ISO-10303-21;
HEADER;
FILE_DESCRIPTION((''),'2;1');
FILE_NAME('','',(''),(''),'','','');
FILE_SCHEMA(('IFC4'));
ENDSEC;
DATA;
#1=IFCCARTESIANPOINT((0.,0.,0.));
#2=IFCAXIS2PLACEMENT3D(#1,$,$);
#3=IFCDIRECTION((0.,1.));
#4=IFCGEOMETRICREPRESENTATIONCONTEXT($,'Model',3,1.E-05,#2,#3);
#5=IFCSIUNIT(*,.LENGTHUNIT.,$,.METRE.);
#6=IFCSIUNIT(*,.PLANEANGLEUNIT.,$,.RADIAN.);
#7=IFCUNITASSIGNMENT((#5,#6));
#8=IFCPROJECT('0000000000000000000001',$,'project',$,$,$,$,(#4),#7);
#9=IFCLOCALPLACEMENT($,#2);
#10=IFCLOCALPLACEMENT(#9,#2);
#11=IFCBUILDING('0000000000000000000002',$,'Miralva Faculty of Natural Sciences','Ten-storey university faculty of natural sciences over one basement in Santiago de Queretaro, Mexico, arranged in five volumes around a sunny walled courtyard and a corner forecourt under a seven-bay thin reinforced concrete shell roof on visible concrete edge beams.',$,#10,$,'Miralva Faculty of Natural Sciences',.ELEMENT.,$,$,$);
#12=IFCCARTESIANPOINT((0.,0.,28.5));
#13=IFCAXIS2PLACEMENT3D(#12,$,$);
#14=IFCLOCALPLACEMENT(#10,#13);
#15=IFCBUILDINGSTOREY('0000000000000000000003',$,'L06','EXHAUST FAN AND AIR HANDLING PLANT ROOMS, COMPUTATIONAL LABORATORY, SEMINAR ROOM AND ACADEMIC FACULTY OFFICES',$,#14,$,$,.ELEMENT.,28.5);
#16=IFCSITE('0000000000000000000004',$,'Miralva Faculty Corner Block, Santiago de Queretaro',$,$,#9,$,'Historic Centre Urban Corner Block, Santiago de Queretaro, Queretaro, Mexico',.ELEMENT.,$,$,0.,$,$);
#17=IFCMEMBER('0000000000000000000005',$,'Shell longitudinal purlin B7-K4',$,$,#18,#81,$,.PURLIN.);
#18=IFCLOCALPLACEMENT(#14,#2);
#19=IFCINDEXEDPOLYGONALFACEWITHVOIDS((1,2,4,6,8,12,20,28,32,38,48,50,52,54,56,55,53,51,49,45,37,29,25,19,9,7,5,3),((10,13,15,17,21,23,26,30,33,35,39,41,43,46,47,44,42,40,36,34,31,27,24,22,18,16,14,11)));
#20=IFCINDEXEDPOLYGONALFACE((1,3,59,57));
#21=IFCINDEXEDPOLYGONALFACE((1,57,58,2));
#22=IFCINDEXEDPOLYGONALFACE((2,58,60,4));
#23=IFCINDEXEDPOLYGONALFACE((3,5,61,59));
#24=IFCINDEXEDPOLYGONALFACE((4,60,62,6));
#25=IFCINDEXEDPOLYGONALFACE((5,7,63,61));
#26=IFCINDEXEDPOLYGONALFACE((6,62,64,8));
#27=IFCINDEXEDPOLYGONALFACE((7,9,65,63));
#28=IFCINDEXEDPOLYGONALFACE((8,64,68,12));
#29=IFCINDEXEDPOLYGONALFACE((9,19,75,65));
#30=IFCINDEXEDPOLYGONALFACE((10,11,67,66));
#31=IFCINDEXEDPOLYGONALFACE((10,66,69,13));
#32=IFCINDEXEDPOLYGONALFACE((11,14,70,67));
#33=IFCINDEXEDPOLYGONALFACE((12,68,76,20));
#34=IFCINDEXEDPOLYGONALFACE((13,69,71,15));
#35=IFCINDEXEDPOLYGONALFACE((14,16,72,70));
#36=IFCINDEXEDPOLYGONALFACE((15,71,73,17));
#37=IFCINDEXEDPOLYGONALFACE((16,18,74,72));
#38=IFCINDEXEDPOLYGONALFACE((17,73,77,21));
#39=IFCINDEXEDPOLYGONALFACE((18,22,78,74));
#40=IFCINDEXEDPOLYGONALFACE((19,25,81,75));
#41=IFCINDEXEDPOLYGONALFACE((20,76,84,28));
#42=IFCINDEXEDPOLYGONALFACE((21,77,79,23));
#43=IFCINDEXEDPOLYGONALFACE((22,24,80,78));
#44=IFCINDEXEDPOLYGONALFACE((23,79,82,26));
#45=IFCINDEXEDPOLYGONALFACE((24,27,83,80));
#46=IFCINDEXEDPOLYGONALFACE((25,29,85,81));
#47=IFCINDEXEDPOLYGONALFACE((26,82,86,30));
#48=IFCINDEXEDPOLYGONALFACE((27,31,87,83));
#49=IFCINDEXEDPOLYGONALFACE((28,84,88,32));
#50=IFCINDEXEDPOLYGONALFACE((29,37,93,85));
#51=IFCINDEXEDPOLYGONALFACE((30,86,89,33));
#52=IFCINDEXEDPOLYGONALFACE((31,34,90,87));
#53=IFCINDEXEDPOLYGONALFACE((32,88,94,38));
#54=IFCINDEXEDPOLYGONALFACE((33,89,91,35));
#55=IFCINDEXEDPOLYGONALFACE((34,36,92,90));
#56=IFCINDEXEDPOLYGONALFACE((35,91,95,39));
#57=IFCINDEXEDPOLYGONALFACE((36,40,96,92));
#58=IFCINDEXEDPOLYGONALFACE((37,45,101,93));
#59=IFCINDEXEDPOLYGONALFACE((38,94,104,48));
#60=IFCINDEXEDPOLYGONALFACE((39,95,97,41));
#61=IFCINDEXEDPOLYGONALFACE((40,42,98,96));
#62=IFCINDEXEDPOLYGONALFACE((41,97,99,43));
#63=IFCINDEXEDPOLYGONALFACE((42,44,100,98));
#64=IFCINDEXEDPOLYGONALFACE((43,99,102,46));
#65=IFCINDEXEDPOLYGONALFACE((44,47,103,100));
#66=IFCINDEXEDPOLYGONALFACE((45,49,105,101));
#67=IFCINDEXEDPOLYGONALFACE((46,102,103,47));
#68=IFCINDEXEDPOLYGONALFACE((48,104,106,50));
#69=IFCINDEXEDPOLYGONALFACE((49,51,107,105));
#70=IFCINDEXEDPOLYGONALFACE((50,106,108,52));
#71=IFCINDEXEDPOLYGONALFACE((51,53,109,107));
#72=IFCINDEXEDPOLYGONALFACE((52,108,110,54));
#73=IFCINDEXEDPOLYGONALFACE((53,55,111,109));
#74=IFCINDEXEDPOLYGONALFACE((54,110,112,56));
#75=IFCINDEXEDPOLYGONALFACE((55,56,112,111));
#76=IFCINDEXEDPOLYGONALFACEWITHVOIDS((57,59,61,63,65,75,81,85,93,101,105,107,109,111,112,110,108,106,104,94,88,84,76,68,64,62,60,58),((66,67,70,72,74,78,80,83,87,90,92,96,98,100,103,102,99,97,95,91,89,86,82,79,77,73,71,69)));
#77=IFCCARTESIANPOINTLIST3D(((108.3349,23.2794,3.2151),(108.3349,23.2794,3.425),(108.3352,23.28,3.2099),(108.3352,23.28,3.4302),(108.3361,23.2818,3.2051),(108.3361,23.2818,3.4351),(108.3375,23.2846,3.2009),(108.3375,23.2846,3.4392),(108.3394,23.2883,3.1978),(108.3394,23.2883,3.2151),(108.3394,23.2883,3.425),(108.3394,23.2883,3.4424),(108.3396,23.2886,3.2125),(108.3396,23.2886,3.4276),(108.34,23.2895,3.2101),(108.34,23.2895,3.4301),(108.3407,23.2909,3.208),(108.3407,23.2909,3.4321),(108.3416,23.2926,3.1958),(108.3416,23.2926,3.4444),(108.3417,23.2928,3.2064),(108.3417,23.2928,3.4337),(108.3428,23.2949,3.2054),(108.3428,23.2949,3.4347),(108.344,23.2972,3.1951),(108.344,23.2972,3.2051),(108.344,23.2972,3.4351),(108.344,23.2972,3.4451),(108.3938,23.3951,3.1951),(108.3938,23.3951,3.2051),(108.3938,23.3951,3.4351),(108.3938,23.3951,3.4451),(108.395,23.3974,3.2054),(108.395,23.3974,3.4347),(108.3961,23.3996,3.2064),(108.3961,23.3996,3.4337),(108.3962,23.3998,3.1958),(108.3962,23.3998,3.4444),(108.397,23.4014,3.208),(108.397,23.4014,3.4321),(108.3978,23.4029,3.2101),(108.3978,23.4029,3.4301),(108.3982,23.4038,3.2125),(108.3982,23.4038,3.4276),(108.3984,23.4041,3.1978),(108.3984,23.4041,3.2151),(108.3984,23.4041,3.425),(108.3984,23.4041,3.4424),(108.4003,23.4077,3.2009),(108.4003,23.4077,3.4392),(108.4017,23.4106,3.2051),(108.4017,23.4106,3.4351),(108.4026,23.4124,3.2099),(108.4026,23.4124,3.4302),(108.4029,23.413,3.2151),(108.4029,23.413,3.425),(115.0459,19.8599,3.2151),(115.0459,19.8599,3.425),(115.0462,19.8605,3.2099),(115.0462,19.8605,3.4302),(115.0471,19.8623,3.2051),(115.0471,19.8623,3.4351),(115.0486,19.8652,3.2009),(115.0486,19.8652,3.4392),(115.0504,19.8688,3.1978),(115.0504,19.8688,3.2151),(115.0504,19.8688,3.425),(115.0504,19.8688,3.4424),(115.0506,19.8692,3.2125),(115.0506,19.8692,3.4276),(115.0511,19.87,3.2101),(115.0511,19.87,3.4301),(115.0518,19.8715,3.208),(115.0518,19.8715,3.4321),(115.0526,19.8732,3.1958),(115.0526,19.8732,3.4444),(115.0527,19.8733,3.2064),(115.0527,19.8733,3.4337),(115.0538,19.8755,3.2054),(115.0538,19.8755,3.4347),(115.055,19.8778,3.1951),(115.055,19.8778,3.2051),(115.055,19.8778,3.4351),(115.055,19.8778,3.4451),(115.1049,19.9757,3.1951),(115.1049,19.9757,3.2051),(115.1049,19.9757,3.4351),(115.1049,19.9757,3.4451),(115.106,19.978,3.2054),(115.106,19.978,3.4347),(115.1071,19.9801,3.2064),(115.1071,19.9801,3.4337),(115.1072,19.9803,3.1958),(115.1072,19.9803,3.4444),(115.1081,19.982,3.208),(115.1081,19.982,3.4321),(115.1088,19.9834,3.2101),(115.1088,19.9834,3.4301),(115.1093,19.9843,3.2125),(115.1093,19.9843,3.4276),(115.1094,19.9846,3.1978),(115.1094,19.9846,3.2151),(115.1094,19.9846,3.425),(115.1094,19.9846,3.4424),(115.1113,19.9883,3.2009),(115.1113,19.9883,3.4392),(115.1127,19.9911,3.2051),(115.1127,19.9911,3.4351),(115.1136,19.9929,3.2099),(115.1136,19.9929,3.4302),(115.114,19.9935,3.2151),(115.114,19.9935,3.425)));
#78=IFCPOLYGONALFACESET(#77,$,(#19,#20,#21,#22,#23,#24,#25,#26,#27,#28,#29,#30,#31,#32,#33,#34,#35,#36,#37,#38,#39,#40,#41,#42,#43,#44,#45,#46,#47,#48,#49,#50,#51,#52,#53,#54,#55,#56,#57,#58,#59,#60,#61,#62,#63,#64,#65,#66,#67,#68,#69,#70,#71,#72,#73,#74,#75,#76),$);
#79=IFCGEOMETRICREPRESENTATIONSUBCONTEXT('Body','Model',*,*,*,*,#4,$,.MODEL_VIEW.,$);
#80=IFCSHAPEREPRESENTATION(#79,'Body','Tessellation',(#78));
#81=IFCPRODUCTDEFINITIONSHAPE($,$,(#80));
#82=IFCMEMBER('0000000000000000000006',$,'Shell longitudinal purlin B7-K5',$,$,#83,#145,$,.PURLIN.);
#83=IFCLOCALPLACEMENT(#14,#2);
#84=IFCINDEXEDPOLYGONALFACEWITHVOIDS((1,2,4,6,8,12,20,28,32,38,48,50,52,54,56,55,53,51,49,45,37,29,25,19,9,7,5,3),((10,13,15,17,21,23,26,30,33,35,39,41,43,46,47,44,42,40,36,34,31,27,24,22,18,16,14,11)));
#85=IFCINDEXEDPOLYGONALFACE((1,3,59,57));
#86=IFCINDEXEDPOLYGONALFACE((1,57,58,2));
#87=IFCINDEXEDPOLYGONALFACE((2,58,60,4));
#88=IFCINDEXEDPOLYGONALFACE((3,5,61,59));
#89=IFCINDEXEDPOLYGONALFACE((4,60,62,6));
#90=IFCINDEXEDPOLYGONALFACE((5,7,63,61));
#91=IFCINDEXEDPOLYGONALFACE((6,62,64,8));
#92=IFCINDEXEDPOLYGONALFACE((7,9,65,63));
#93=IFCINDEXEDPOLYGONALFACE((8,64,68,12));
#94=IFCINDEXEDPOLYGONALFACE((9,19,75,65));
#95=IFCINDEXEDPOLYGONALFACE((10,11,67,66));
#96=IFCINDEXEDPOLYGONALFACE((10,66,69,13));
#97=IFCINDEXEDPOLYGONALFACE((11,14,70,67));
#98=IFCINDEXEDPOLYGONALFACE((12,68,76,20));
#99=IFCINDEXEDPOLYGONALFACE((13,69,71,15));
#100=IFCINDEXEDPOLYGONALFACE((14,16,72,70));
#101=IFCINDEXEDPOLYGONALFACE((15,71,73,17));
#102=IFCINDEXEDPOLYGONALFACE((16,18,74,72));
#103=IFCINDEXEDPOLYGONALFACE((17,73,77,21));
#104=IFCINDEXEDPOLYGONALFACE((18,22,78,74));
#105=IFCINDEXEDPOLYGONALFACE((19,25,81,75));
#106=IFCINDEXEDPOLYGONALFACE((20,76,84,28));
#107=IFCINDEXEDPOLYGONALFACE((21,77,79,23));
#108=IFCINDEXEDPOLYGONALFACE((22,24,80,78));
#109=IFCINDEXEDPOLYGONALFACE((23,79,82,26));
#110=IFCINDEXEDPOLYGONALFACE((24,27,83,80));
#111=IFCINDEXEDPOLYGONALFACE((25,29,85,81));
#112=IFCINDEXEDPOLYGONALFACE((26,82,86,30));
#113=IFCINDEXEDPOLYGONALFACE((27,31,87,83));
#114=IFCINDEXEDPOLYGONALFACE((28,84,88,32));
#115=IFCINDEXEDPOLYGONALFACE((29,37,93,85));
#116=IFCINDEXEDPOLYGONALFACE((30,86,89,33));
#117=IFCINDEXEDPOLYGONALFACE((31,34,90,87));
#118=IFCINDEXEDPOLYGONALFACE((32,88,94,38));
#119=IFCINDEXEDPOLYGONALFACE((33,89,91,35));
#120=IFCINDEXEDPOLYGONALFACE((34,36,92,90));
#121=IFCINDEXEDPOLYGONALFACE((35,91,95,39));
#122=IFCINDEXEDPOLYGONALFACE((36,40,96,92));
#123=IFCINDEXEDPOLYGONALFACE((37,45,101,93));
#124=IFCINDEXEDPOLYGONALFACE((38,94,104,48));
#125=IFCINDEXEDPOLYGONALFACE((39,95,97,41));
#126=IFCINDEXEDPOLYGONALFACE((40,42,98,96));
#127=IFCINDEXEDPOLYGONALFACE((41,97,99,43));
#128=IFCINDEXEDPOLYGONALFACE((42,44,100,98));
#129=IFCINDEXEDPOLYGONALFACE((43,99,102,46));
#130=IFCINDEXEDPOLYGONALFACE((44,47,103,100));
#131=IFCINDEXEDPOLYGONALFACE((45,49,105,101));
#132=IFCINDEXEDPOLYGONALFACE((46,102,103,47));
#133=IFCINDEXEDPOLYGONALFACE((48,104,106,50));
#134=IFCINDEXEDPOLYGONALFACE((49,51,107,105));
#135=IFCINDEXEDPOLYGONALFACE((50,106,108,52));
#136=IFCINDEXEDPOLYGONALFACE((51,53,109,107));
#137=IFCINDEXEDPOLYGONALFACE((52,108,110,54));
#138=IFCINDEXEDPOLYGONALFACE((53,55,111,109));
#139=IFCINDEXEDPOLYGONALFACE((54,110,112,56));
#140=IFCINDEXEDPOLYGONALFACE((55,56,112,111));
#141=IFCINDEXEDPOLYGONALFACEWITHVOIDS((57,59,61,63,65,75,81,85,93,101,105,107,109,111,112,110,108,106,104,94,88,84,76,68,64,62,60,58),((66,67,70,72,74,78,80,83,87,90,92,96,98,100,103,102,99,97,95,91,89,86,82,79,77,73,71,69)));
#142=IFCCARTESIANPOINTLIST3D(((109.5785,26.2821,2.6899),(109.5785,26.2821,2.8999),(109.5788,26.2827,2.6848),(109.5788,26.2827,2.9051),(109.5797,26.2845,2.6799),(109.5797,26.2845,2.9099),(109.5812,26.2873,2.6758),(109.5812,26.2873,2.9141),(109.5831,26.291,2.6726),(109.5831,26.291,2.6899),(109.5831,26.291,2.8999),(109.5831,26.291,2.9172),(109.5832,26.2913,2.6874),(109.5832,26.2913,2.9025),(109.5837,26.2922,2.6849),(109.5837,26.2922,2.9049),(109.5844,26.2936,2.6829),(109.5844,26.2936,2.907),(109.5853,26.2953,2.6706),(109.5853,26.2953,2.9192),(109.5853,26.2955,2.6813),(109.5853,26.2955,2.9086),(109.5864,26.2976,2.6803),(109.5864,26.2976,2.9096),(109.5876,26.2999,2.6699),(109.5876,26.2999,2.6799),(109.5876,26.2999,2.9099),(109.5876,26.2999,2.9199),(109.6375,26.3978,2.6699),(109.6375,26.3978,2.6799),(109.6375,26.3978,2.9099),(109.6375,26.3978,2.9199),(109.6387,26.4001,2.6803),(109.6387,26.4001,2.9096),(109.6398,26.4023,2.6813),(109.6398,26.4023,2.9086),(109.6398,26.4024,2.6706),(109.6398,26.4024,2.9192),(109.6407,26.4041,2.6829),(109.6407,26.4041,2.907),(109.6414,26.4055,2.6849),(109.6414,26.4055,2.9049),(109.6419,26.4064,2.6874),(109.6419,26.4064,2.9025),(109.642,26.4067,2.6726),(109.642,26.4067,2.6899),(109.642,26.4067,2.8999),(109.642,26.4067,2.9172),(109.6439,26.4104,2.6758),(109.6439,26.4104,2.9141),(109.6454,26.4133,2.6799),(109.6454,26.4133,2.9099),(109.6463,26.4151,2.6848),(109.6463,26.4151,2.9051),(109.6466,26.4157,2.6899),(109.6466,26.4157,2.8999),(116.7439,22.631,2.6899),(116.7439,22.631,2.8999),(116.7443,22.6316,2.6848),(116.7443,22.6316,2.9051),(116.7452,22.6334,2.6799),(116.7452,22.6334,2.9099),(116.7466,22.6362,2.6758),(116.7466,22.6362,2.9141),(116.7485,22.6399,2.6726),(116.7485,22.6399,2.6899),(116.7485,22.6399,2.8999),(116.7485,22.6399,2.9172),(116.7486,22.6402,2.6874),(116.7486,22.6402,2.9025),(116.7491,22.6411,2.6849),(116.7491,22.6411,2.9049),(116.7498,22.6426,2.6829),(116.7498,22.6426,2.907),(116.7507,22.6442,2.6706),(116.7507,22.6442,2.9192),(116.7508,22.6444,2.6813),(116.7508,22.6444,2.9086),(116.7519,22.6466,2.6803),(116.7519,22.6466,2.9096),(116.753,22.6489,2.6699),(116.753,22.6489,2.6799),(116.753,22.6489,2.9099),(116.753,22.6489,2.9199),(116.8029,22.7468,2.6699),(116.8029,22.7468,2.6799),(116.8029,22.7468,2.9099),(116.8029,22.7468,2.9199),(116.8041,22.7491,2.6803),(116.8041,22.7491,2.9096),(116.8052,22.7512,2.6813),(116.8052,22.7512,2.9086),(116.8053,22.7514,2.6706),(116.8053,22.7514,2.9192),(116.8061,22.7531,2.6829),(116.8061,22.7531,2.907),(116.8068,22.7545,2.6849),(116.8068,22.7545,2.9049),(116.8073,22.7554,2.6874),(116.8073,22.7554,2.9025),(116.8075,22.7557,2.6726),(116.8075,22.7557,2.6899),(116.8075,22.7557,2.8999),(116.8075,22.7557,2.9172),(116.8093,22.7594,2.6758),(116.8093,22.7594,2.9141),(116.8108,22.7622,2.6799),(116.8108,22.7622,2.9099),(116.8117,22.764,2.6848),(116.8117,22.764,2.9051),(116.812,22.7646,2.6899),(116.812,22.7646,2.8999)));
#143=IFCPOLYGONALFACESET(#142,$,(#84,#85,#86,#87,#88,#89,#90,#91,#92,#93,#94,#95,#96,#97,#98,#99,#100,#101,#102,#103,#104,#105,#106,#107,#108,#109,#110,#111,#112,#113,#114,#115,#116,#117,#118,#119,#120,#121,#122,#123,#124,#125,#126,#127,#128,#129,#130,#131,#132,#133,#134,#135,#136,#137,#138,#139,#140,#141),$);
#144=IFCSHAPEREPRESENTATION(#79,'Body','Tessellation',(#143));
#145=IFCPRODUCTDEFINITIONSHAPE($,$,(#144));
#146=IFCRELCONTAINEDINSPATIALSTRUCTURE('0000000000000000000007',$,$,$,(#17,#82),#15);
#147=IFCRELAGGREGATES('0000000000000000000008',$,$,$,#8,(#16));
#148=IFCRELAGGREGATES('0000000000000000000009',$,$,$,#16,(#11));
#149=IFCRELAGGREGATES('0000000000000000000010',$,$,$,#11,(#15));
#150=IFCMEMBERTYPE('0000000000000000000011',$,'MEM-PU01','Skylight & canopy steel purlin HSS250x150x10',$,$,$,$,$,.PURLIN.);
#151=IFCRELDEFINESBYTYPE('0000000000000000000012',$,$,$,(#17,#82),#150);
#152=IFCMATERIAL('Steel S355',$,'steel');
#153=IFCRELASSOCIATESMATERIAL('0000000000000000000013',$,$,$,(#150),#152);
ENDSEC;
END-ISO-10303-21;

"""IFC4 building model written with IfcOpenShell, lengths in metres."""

from ifc_helpers import new_model, si_unit, direction, frame, origin, origin_2d, place, context, subcontext, project, spatial, hollow_rectangle, extrude, material, material_profile, profile_set, type_object, element, save


model = new_model("IFC4")

# Units and contexts
model_context = context("Model", 3, precision=1e-05, world=origin(), true_north=direction((0.0, 1.0)))
body_context = subcontext(model_context, "Body", "Model", "MODEL_VIEW")
ifc_project = project(units=[si_unit("LENGTHUNIT", "METRE"), si_unit("PLANEANGLEUNIT", "RADIAN")], contexts=[model_context])

# Site, building, storey
site_placement = place(None, origin())
site = spatial("IfcSite", under=ifc_project, at=site_placement, Name="Miralva Faculty Corner Block, Santiago de Queretaro", LongName="Historic Centre Urban Corner Block, Santiago de Queretaro, Queretaro, Mexico", CompositionType="ELEMENT", RefElevation=0.0)
building_placement = place(site_placement, origin())
building = spatial("IfcBuilding", under=site, at=building_placement, Name="Miralva Faculty of Natural Sciences", Description="Ten-storey university faculty of natural sciences over one basement in Santiago de Queretaro, Mexico, arranged in five volumes around a sunny walled courtyard and a corner forecourt under a seven-bay thin reinforced concrete shell roof on visible concrete edge beams.", LongName="Miralva Faculty of Natural Sciences", CompositionType="ELEMENT")
storey_placement = place(building_placement, frame((0.0, 0.0, 28.5)))
storey = spatial("IfcBuildingStorey", under=building, at=storey_placement, Name="L06", Description="EXHAUST FAN AND AIR HANDLING PLANT ROOMS, COMPUTATIONAL LABORATORY, SEMINAR ROOM AND ACADEMIC FACULTY OFFICES", CompositionType="ELEMENT", Elevation=28.5)

# Members
ifc_material_1 = material(Name="Steel S355", Category="steel")
ifc_material_profile_1 = material_profile(ifc_material_1, hollow_rectangle(XDim=0.1499, YDim=0.25, WallThickness=0.01, InnerFilletRadius=0.01, OuterFilletRadius=0.02, at=origin_2d()), Name="HSS 250x150x10")
ifc_profile_set_1 = profile_set([ifc_material_profile_1], Name="Steel S355")
member_type = type_object("IfcMemberType", Name="MEM-PU01", Description="Skylight & canopy steel purlin HSS250x150x10", PredefinedType="PURLIN", material=ifc_profile_set_1)
member_1_placement = place(storey_placement, frame((108.3689, 23.3462, 3.3201), z_axis=(0.891004, -0.453995, 0.0), x_axis=(0.453995, 0.891004, 0.0)))
element("IfcMember", 1, at=member_1_placement, inside=storey, type_object=member_type, Name="Shell longitudinal purlin B7-K4", PredefinedType="PURLIN", context=body_context, shape_type="SweptSolid", body=[
    extrude(hollow_rectangle(XDim=0.1499, YDim=0.25, WallThickness=0.01, InnerFilletRadius=0.01, OuterFilletRadius=0.02, at=origin_2d()), origin(), (0.0, 0.0, 1.0), 7.532),
])
member_2_placement = place(storey_placement, frame((109.6125, 26.3489, 2.7949), z_axis=(0.891001, -0.454001, 0.0), x_axis=(0.454001, 0.891001, 0.0)))
element("IfcMember", 2, at=member_2_placement, inside=storey, type_object=member_type, Name="Shell longitudinal purlin B7-K5", PredefinedType="PURLIN", context=body_context, shape_type="SweptSolid", body=[
    extrude(hollow_rectangle(XDim=0.1499, YDim=0.25, WallThickness=0.01, InnerFilletRadius=0.01, OuterFilletRadius=0.02, at=origin_2d()), origin(), (0.0, 0.0, 1.0), 8.042),
])

save(model, "model.ifc")
